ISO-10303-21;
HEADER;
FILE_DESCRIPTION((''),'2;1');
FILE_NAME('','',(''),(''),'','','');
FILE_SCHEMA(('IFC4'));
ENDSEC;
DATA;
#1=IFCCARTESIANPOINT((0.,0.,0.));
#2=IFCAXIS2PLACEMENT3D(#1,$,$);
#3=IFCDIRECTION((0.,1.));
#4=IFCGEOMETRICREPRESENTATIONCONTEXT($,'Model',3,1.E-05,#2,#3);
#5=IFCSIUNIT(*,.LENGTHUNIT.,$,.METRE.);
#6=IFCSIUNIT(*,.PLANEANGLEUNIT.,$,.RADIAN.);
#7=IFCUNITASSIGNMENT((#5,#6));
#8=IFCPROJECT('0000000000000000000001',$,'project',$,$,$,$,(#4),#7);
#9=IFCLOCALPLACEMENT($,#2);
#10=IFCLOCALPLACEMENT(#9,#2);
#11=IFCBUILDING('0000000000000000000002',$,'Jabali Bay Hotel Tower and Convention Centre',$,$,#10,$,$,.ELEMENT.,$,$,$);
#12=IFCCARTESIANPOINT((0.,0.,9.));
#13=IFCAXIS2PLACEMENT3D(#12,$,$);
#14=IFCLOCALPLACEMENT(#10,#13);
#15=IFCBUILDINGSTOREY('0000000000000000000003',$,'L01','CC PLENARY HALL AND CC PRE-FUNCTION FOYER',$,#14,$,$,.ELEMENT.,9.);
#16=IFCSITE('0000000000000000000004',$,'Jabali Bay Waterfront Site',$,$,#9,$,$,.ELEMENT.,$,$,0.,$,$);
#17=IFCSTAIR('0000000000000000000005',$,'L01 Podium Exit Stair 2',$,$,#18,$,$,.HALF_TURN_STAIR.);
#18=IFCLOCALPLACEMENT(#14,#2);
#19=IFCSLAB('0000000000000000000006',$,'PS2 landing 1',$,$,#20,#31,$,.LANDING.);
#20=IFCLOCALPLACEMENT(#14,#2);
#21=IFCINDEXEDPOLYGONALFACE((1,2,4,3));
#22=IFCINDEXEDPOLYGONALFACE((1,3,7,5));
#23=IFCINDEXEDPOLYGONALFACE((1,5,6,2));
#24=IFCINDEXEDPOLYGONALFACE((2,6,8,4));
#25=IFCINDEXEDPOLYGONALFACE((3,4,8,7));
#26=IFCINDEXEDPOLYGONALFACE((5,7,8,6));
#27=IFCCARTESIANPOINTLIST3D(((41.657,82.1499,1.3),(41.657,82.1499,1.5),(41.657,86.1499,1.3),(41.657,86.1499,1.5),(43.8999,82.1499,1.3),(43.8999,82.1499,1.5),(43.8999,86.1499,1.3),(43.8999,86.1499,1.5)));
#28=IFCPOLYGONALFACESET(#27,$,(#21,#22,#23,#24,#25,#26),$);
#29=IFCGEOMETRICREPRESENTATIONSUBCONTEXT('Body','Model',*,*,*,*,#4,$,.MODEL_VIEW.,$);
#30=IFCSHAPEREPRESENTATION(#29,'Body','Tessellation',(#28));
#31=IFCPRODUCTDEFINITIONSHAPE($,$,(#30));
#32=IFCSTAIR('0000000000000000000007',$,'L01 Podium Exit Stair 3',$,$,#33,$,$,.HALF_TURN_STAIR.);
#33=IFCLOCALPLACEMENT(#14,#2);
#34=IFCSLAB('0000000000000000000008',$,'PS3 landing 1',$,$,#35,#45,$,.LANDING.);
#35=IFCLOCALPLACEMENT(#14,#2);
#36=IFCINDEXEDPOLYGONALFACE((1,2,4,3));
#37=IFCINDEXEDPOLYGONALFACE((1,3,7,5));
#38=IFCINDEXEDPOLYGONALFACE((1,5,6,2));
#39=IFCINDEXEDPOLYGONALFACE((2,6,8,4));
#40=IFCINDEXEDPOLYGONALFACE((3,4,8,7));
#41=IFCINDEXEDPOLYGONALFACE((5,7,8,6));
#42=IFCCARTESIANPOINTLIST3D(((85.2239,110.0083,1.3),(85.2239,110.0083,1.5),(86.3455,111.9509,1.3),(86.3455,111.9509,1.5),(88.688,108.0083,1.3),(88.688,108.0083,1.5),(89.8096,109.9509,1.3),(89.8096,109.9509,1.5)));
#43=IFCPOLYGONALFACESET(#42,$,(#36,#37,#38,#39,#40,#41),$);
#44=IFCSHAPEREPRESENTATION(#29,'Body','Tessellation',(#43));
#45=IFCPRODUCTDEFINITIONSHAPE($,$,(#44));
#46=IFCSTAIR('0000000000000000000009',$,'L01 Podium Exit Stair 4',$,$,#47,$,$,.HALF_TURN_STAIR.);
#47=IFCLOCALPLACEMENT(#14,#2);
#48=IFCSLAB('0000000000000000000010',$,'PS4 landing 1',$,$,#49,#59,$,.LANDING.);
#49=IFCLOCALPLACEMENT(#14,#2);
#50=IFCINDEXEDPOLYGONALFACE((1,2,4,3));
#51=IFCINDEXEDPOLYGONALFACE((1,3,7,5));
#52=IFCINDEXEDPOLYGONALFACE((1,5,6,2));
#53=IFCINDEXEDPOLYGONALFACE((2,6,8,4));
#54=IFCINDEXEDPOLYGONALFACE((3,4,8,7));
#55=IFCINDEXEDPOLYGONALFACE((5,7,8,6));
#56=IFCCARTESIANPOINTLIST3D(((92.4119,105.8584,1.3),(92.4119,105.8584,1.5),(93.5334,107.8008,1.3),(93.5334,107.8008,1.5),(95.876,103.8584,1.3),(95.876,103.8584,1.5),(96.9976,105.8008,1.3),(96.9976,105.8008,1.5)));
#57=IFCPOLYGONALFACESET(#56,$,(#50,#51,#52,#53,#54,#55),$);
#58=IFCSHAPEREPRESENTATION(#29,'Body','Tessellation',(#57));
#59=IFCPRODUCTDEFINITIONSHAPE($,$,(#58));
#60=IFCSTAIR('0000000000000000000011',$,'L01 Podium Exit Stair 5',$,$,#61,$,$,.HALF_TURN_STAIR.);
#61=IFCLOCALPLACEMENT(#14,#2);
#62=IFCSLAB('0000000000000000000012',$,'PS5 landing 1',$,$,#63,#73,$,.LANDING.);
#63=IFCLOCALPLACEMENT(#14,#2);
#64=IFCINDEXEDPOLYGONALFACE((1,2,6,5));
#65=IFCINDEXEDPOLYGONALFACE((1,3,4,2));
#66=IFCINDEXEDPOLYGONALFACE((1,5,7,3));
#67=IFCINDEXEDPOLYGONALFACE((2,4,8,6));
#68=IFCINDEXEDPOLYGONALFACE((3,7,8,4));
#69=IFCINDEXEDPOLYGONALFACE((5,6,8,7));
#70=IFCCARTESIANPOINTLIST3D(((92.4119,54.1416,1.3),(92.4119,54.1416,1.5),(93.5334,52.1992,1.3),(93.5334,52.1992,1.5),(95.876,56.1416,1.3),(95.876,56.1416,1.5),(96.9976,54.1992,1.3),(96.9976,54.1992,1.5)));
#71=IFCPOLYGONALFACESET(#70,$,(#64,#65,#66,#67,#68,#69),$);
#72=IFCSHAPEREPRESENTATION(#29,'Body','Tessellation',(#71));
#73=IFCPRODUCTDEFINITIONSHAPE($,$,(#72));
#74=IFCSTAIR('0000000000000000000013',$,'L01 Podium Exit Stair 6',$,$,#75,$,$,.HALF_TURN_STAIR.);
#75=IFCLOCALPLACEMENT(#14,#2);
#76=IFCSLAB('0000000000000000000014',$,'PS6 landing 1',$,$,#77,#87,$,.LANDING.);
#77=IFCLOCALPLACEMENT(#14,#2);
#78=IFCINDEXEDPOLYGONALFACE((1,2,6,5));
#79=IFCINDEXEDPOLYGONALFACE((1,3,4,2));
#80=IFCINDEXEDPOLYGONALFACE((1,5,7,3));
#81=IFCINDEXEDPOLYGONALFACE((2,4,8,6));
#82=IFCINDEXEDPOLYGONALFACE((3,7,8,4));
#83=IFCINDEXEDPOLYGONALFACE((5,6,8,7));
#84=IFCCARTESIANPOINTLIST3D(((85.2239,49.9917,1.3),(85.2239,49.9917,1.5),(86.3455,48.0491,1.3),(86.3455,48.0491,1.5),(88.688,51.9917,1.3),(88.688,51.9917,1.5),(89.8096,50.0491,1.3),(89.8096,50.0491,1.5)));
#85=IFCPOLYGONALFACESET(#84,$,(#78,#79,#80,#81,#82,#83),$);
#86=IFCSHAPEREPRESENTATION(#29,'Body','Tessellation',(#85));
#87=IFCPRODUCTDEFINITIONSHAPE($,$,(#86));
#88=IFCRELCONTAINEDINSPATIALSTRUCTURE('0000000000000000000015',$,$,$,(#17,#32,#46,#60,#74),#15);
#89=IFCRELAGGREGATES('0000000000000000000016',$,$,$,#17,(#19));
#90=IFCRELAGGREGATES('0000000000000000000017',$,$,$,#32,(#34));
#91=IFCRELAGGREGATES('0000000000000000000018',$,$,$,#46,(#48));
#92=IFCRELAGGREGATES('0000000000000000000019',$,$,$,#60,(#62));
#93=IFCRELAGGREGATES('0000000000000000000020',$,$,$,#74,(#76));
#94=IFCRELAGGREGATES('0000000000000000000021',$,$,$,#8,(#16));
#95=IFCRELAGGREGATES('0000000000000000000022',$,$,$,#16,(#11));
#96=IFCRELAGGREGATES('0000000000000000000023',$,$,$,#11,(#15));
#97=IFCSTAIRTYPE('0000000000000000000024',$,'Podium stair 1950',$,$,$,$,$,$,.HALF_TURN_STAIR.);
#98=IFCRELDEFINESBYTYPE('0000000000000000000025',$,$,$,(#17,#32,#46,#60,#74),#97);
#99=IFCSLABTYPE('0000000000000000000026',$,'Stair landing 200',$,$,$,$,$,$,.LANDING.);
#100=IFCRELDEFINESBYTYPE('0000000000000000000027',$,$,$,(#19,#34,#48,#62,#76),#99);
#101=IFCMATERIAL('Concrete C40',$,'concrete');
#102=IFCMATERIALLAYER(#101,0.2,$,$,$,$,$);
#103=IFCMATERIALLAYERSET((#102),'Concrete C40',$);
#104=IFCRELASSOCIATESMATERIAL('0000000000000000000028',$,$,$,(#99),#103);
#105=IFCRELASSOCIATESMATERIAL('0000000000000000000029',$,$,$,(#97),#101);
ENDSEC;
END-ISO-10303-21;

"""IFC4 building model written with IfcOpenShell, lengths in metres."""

from ifc_helpers import new_model, si_unit, direction, frame, origin, place, context, subcontext, project, spatial, polyline, outline, extrude, material, layer, layer_set, type_object, element, aggregate, save


model = new_model("IFC4")

# Units and contexts
model_context = context("Model", 3, precision=1e-05, world=origin(), true_north=direction((0.0, 1.0)))
body_context = subcontext(model_context, "Body", "Model", "MODEL_VIEW")
ifc_project = project(units=[si_unit("LENGTHUNIT", "METRE"), si_unit("PLANEANGLEUNIT", "RADIAN")], contexts=[model_context])

# Site, building, storey
site_placement = place(None, origin())
site = spatial("IfcSite", under=ifc_project, at=site_placement, Name="Jabali Bay Waterfront Site", CompositionType="ELEMENT", RefElevation=0.0)
building_placement = place(site_placement, origin())
building = spatial("IfcBuilding", under=site, at=building_placement, Name="Jabali Bay Hotel Tower and Convention Centre", CompositionType="ELEMENT")
storey_placement = place(building_placement, frame((0.0, 0.0, 9.0)))
storey = spatial("IfcBuildingStorey", under=building, at=storey_placement, Name="L01", Description="CC PLENARY HALL AND CC PRE-FUNCTION FOYER", CompositionType="ELEMENT", Elevation=9.0)

# Shared definitions
ifc_material = material(Name="Concrete C40", Category="concrete")

# Stairs, slabs
ifc_layer_1 = layer(ifc_material, 0.2)
ifc_layer_set_1 = layer_set([ifc_layer_1], Name="Concrete C40")
slab_type_1 = type_object("IfcSlabType", Name="Stair landing 200", PredefinedType="LANDING", material=ifc_layer_set_1)
stair_type_1 = type_object("IfcStairType", Name="Podium stair 1950", PredefinedType="HALF_TURN_STAIR", material=ifc_material)
stair_1_placement = place(storey_placement, origin())
stair_1 = element("IfcStair", 1, at=stair_1_placement, inside=storey, type_object=stair_type_1, Name="L01 Podium Exit Stair 2", PredefinedType="HALF_TURN_STAIR")
slab_1_placement = place(storey_placement, frame((0.0, 0.0, 1.3)))
slab_1 = element("IfcSlab", 2, at=slab_1_placement, type_object=slab_type_1, Name="PS2 landing 1", PredefinedType="LANDING", context=body_context, shape_type="SweptSolid", body=[
    extrude(outline(polyline([(41.657, 82.1499), (43.8999, 82.1499), (43.8999, 86.1499), (41.657, 86.1499), (41.657, 82.1499)])), origin(), (0.0, 0.0, 1.0), 0.2),
])
aggregate(stair_1, [slab_1])
stair_2_placement = place(storey_placement, origin())
stair_2 = element("IfcStair", 3, at=stair_2_placement, inside=storey, type_object=stair_type_1, Name="L01 Podium Exit Stair 3", PredefinedType="HALF_TURN_STAIR")
slab_2_placement = place(storey_placement, frame((0.0, 0.0, 1.3)))
slab_2 = element("IfcSlab", 4, at=slab_2_placement, type_object=slab_type_1, Name="PS3 landing 1", PredefinedType="LANDING", context=body_context, shape_type="SweptSolid", body=[
    extrude(outline(polyline([(86.3455, 111.9509), (85.2239, 110.0083), (88.688, 108.0083), (89.8096, 109.9509), (86.3455, 111.9509)])), origin(), (0.0, 0.0, 1.0), 0.2),
])
aggregate(stair_2, [slab_2])
stair_3_placement = place(storey_placement, origin())
stair_3 = element("IfcStair", 5, at=stair_3_placement, inside=storey, type_object=stair_type_1, Name="L01 Podium Exit Stair 4", PredefinedType="HALF_TURN_STAIR")
slab_3_placement = place(storey_placement, frame((0.0, 0.0, 1.3)))
slab_3 = element("IfcSlab", 6, at=slab_3_placement, type_object=slab_type_1, Name="PS4 landing 1", PredefinedType="LANDING", context=body_context, shape_type="SweptSolid", body=[
    extrude(outline(polyline([(93.5334, 107.8008), (92.4119, 105.8584), (95.876, 103.8584), (96.9976, 105.8008), (93.5334, 107.8008)])), origin(), (0.0, 0.0, 1.0), 0.2),
])
aggregate(stair_3, [slab_3])
stair_4_placement = place(storey_placement, origin())
stair_4 = element("IfcStair", 7, at=stair_4_placement, inside=storey, type_object=stair_type_1, Name="L01 Podium Exit Stair 5", PredefinedType="HALF_TURN_STAIR")
slab_4_placement = place(storey_placement, frame((0.0, 0.0, 1.3)))
slab_4 = element("IfcSlab", 8, at=slab_4_placement, type_object=slab_type_1, Name="PS5 landing 1", PredefinedType="LANDING", context=body_context, shape_type="SweptSolid", body=[
    extrude(outline(polyline([(96.9976, 54.1992), (95.876, 56.1416), (92.4119, 54.1416), (93.5334, 52.1992), (96.9976, 54.1992)])), origin(), (0.0, 0.0, 1.0), 0.2),
])
aggregate(stair_4, [slab_4])
stair_5_placement = place(storey_placement, origin())
stair_5 = element("IfcStair", 9, at=stair_5_placement, inside=storey, type_object=stair_type_1, Name="L01 Podium Exit Stair 6", PredefinedType="HALF_TURN_STAIR")
slab_5_placement = place(storey_placement, frame((0.0, 0.0, 1.3)))
slab_5 = element("IfcSlab", 10, at=slab_5_placement, type_object=slab_type_1, Name="PS6 landing 1", PredefinedType="LANDING", context=body_context, shape_type="SweptSolid", body=[
    extrude(outline(polyline([(89.8096, 50.0491), (88.688, 51.9917), (85.2239, 49.9917), (86.3455, 48.0491), (89.8096, 50.0491)])), origin(), (0.0, 0.0, 1.0), 0.2),
])
aggregate(stair_5, [slab_5])

save(model, "model.ifc")
